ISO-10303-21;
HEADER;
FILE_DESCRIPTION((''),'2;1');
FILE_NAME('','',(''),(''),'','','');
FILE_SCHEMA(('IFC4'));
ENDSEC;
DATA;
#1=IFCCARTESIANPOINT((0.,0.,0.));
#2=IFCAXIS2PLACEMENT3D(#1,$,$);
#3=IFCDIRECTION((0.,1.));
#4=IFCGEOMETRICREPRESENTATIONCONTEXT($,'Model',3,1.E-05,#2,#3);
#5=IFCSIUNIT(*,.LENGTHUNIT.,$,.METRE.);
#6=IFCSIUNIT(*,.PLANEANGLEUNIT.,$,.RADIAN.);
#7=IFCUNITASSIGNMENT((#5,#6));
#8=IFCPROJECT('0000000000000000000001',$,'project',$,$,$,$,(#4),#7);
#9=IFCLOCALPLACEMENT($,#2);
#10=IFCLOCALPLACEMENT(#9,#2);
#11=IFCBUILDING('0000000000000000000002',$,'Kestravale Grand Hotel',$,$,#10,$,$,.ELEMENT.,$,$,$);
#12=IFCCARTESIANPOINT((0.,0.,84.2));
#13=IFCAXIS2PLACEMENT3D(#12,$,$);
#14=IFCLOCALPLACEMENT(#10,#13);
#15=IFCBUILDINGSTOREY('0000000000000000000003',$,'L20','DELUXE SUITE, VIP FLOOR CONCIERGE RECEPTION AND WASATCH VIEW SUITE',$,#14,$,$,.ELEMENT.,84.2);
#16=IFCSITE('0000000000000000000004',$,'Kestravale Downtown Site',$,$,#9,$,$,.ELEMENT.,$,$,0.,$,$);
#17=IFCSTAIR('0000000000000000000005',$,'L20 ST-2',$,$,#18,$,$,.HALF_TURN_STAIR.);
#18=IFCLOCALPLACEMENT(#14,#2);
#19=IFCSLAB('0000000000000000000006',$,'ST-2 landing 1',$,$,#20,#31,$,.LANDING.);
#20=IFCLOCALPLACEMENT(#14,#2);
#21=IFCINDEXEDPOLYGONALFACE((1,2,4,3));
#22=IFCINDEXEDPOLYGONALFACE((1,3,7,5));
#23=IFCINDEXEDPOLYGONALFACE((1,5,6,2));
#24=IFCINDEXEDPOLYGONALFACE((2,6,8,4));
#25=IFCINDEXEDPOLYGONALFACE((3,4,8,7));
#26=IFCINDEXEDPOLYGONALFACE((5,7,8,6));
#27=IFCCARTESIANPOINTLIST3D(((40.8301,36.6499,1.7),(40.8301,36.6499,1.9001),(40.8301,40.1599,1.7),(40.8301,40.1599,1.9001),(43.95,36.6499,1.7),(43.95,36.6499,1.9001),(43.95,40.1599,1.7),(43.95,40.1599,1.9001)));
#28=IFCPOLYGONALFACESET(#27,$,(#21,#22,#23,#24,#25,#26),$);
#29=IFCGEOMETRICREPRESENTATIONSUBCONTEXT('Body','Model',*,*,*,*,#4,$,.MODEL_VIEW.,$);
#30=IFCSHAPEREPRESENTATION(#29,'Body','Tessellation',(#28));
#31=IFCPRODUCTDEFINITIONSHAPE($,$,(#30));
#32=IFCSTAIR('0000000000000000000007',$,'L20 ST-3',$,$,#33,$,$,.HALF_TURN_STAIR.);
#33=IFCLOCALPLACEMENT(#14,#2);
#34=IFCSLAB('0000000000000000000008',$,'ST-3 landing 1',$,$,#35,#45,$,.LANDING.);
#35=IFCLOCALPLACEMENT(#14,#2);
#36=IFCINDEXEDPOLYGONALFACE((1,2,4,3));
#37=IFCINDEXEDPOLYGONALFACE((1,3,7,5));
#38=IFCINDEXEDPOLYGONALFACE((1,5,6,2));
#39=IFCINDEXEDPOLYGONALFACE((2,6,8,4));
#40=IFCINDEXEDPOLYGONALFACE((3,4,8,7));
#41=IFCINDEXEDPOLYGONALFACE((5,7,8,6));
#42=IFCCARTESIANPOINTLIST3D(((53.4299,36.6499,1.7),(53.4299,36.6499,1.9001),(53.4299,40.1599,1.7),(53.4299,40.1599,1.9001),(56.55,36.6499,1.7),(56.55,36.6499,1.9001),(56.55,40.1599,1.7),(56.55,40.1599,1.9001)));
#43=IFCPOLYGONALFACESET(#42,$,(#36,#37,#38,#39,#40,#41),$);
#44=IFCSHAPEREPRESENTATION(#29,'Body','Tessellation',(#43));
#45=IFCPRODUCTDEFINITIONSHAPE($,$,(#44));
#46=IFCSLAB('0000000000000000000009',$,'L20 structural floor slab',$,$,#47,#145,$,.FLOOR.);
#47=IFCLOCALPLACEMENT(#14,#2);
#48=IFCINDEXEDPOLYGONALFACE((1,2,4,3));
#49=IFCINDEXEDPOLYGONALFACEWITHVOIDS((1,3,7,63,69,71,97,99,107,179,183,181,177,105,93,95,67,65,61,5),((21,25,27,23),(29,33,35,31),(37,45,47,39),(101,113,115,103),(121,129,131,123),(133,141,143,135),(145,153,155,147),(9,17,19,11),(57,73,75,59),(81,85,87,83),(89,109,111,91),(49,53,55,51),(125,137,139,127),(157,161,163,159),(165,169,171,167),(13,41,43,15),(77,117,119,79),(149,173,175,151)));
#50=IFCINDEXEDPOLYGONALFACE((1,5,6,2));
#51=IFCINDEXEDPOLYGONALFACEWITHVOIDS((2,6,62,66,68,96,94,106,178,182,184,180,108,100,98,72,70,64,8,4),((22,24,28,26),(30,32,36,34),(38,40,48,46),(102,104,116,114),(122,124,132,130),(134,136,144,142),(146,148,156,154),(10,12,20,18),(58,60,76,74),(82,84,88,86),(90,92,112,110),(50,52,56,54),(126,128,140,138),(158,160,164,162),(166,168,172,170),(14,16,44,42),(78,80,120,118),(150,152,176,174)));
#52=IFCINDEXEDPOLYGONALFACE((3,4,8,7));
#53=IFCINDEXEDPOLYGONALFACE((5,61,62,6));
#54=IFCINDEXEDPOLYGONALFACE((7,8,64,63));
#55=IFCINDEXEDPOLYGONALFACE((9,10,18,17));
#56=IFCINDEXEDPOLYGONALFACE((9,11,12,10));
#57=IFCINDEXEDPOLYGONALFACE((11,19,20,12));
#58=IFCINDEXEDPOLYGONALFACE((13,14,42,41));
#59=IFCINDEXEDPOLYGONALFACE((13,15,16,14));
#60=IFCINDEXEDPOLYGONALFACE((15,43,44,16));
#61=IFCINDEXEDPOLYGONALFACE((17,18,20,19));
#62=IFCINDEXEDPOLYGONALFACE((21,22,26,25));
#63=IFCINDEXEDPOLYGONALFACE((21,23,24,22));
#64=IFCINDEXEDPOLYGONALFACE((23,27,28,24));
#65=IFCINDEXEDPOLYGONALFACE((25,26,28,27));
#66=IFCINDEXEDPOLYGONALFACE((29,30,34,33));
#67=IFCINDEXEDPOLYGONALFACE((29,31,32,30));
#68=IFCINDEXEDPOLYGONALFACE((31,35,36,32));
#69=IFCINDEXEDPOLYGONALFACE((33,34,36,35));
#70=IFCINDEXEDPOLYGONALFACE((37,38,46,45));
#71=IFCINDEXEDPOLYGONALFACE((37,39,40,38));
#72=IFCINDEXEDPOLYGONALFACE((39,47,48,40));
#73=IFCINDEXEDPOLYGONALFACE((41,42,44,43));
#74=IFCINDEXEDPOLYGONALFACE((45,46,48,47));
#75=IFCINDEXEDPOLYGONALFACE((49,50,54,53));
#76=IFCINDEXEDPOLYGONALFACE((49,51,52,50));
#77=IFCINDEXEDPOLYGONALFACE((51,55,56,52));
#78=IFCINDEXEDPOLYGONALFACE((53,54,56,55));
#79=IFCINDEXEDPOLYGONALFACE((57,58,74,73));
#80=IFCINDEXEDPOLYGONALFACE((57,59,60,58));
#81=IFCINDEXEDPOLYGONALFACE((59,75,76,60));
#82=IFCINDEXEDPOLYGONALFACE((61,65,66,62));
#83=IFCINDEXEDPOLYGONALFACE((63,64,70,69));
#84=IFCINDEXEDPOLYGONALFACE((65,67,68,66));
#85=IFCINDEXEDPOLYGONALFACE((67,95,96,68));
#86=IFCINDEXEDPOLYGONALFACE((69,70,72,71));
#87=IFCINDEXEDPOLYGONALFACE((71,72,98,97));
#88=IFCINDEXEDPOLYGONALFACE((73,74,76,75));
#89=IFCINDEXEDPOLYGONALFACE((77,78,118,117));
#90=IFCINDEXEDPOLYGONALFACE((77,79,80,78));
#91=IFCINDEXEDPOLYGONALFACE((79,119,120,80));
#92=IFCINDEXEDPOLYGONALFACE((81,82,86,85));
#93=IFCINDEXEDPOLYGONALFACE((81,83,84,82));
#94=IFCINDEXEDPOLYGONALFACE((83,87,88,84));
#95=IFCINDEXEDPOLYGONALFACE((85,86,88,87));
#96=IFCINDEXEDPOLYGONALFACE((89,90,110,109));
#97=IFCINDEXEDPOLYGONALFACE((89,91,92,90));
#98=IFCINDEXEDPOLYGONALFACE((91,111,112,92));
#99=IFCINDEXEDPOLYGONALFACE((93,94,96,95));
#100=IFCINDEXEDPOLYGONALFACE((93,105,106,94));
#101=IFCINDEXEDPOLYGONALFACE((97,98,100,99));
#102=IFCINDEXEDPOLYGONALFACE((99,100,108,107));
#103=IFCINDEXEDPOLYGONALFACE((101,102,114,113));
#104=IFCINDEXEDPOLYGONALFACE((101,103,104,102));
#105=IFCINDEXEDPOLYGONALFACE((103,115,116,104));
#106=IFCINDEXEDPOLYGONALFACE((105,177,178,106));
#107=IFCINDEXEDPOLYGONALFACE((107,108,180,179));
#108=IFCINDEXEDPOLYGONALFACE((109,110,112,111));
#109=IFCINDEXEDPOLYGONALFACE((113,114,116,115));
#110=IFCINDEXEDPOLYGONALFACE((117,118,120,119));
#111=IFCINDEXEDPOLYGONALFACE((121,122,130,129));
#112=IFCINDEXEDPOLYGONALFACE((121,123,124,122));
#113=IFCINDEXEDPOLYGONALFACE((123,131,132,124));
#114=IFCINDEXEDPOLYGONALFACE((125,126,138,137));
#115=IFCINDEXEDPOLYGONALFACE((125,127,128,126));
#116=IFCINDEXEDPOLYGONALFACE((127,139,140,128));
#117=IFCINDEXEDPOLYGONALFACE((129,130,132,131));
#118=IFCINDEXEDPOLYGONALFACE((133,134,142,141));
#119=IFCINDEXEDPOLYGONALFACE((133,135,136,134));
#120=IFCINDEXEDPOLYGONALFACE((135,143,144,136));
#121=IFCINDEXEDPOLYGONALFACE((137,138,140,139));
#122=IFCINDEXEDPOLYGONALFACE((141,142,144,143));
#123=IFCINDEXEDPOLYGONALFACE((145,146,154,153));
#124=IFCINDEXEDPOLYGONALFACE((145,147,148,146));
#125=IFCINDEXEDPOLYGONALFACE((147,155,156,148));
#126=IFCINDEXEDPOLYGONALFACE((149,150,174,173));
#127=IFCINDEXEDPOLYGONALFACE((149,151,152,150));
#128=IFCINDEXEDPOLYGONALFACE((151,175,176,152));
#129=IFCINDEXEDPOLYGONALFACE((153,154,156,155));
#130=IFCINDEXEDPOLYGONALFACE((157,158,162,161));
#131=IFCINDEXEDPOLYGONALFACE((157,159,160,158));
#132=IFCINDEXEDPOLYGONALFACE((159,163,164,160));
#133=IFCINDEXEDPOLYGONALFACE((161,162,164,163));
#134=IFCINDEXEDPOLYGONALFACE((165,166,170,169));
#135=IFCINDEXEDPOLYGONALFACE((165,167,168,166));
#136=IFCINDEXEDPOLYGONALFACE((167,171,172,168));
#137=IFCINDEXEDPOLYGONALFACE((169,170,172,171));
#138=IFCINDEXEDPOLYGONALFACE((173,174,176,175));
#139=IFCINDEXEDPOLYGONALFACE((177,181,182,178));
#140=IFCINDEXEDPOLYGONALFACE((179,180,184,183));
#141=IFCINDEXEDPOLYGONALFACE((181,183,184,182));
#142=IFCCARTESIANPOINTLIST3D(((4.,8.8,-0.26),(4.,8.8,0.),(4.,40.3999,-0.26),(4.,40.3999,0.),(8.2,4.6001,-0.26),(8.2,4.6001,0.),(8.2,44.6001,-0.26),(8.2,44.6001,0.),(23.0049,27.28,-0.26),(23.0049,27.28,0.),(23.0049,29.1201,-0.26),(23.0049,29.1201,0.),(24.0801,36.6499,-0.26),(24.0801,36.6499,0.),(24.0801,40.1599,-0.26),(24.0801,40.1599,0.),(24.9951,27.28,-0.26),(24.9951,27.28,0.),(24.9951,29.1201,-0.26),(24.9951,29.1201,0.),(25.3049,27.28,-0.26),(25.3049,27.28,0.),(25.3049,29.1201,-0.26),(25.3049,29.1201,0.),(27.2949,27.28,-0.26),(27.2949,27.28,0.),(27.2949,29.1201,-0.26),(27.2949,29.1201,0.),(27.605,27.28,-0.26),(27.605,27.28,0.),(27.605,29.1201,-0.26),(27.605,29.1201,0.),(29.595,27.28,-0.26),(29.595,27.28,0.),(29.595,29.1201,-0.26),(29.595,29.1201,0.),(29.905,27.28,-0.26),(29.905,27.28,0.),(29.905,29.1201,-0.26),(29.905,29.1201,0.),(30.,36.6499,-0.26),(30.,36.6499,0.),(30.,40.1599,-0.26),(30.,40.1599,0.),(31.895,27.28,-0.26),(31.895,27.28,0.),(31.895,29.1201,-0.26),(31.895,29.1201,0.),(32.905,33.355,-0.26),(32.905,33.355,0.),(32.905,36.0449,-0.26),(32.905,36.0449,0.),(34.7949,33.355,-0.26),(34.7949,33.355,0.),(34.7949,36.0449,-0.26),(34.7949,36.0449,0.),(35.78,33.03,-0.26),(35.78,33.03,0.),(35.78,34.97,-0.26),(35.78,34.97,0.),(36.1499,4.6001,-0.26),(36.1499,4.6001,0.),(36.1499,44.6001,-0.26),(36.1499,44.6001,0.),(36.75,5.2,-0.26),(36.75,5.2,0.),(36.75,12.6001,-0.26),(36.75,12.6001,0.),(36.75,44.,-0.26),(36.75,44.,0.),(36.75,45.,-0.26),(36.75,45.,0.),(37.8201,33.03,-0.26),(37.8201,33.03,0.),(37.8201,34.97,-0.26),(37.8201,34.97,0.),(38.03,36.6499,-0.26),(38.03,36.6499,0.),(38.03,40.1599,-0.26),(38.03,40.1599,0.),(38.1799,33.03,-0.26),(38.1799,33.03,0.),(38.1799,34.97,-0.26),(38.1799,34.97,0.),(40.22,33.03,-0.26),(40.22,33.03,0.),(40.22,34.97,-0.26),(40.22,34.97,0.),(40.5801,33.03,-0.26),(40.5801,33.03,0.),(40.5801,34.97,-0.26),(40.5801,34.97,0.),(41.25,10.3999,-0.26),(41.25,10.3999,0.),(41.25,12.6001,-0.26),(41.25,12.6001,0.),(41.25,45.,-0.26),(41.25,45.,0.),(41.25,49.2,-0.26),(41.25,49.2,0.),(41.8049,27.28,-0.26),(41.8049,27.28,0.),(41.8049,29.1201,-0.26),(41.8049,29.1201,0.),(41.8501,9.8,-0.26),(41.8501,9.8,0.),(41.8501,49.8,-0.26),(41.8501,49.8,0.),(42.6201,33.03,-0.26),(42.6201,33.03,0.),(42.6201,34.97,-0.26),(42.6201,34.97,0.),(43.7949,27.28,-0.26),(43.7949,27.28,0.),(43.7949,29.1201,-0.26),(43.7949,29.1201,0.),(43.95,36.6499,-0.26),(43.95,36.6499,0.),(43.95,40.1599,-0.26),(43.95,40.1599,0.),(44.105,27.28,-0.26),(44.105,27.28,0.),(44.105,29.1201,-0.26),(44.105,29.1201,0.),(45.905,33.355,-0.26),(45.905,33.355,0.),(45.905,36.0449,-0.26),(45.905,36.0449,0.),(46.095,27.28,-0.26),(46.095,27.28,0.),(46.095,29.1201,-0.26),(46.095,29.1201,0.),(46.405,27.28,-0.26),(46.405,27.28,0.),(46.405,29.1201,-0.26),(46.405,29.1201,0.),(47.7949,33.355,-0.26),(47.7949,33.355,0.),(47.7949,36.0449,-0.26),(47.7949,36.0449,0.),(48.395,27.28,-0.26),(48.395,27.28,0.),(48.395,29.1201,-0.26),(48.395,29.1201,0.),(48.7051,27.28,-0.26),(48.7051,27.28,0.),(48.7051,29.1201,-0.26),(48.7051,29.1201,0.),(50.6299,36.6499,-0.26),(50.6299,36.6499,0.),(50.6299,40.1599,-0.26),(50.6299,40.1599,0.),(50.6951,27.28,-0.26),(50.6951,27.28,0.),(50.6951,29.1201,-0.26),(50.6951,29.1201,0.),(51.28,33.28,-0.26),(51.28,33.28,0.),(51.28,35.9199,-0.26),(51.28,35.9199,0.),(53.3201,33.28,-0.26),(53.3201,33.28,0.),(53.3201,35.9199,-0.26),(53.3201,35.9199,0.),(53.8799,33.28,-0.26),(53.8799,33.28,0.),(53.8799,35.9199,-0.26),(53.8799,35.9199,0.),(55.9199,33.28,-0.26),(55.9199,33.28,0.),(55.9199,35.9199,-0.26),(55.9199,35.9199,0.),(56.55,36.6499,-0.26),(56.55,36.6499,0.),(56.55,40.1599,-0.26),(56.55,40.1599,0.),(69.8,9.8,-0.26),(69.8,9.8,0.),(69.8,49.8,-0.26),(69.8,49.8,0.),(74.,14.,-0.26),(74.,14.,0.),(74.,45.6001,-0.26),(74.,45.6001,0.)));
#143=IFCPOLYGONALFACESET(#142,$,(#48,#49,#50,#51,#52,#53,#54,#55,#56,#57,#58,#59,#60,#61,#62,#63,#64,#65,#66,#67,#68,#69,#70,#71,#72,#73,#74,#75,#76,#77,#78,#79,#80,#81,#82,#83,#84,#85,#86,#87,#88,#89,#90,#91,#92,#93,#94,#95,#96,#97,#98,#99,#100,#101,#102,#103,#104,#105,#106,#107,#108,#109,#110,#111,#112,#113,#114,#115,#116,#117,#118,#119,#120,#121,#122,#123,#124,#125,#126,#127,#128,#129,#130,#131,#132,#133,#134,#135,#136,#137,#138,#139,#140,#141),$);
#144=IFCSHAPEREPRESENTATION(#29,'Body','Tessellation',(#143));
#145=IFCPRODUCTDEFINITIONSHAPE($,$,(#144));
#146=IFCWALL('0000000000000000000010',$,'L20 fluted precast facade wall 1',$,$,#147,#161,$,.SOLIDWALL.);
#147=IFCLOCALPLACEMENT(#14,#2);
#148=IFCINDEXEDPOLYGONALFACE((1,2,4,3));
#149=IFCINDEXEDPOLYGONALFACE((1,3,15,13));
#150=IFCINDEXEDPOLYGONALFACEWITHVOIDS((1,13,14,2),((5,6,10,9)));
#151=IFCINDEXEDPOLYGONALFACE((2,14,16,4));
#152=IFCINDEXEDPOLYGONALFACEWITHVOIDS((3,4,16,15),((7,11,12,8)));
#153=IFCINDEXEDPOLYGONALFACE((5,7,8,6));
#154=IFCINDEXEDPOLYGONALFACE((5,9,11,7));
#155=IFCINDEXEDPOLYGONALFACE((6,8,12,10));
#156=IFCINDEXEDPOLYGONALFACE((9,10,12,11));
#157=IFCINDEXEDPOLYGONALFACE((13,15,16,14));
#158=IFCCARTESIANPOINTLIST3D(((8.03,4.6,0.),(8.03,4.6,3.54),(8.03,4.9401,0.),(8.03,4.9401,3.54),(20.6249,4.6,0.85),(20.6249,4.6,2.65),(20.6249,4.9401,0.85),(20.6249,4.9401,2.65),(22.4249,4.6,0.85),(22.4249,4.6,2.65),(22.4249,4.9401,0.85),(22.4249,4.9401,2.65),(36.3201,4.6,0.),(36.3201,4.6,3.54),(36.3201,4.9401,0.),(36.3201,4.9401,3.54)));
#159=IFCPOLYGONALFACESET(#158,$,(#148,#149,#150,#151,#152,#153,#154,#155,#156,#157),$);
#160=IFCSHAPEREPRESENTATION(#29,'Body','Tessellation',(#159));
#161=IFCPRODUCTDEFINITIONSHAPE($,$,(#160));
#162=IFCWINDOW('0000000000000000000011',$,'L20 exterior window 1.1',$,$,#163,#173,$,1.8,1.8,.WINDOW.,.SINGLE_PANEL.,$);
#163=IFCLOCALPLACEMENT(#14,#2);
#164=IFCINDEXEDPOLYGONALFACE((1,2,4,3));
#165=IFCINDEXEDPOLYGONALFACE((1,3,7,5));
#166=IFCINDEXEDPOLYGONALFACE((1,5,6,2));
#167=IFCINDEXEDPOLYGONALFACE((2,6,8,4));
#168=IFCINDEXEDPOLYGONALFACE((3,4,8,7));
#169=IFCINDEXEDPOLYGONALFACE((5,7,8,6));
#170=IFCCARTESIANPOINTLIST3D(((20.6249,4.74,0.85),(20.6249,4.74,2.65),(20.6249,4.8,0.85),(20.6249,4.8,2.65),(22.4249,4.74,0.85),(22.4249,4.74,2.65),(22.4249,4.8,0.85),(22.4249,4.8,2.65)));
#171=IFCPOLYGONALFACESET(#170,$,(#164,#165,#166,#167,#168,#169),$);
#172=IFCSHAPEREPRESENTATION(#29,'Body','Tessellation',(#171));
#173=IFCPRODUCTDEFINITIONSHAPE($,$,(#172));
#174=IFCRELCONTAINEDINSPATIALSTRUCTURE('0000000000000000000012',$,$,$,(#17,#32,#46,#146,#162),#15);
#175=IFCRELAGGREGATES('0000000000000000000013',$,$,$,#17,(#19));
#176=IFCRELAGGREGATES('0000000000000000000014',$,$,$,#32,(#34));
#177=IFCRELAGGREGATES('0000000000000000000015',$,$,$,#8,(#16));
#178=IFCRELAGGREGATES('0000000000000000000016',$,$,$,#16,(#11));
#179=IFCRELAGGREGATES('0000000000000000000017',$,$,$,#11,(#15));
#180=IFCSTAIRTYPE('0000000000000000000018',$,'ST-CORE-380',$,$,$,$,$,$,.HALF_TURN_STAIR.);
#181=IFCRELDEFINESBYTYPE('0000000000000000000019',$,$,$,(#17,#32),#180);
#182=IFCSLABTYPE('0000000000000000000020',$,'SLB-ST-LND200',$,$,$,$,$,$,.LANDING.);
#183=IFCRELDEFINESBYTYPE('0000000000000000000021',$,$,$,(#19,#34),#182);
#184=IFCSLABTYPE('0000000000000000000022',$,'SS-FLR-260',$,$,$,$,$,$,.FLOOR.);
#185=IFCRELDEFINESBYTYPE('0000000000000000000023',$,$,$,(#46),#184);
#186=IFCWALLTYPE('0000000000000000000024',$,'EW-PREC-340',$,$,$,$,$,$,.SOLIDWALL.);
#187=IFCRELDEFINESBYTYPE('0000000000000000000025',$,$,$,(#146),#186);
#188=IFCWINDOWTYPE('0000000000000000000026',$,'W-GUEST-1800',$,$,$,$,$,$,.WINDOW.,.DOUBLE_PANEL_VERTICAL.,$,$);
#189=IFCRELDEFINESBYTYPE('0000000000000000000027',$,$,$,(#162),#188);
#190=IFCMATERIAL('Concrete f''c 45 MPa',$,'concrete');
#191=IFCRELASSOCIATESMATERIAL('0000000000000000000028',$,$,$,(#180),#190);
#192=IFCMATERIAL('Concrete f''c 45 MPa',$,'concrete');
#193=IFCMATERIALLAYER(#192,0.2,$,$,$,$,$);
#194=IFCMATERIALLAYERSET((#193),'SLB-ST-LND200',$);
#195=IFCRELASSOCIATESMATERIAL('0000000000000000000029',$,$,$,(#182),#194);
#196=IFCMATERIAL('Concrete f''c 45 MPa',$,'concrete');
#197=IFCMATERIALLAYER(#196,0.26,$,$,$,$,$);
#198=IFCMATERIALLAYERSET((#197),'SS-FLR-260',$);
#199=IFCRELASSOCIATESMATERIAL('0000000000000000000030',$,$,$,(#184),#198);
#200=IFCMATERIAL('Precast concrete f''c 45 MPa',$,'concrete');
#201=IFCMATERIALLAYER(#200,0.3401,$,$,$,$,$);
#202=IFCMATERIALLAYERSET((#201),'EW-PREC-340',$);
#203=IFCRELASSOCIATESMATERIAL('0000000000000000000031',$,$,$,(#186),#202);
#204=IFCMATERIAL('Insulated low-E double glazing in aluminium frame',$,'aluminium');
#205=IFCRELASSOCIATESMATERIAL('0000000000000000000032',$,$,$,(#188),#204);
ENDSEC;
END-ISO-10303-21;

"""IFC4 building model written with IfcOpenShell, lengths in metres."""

from ifc_helpers import new_model, si_unit, direction, frame, frame_2d, origin, place, context, subcontext, project, spatial, polyline, rectangle, outline, extrude, material, layer, layer_set, type_object, element, fill, aggregate, save


model = new_model("IFC4")

# Units and contexts
model_context = context("Model", 3, precision=1e-05, world=origin(), true_north=direction((0.0, 1.0)))
body_context = subcontext(model_context, "Body", "Model", "MODEL_VIEW")
ifc_project = project(units=[si_unit("LENGTHUNIT", "METRE"), si_unit("PLANEANGLEUNIT", "RADIAN")], contexts=[model_context])

# Site, building, storey
site_placement = place(None, origin())
site = spatial("IfcSite", under=ifc_project, at=site_placement, Name="Kestravale Downtown Site", CompositionType="ELEMENT", RefElevation=0.0)
building_placement = place(site_placement, origin())
building = spatial("IfcBuilding", under=site, at=building_placement, Name="Kestravale Grand Hotel", CompositionType="ELEMENT")
storey_placement = place(building_placement, frame((0.0, 0.0, 84.2)))
storey = spatial("IfcBuildingStorey", under=building, at=storey_placement, Name="L20", Description="DELUXE SUITE, VIP FLOOR CONCIERGE RECEPTION AND WASATCH VIEW SUITE", CompositionType="ELEMENT", Elevation=84.2)

# Stairs, slabs
ifc_material_1 = material(Name="Concrete f'c 45 MPa", Category="concrete")
stair_type = type_object("IfcStairType", Name="ST-CORE-380", PredefinedType="HALF_TURN_STAIR", material=ifc_material_1)
ifc_material_2 = material(Name="Concrete f'c 45 MPa", Category="concrete")
ifc_layer_1 = layer(ifc_material_2, 0.2)
ifc_layer_set_1 = layer_set([ifc_layer_1], Name="SLB-ST-LND200")
slab_type_1 = type_object("IfcSlabType", Name="SLB-ST-LND200", PredefinedType="LANDING", material=ifc_layer_set_1)
stair_1_placement = place(storey_placement, origin())
stair_1 = element("IfcStair", 1, at=stair_1_placement, inside=storey, type_object=stair_type, Name="L20 ST-2", PredefinedType="HALF_TURN_STAIR")
slab_1_placement = place(storey_placement, frame((0.0, 0.0, 1.7)))
slab_1 = element("IfcSlab", 2, at=slab_1_placement, type_object=slab_type_1, Name="ST-2 landing 1", PredefinedType="LANDING", context=body_context, shape_type="SweptSolid", body=[
    extrude(outline(polyline([(40.8301, 36.6499), (43.95, 36.6499), (43.95, 40.1599), (40.8301, 40.1599), (40.8301, 36.6499)])), origin(), (0.0, 0.0, 1.0), 0.2002),
])
aggregate(stair_1, [slab_1])
stair_2_placement = place(storey_placement, origin())
stair_2 = element("IfcStair", 3, at=stair_2_placement, inside=storey, type_object=stair_type, Name="L20 ST-3", PredefinedType="HALF_TURN_STAIR")
slab_2_placement = place(storey_placement, frame((0.0, 0.0, 1.7)))
slab_2 = element("IfcSlab", 4, at=slab_2_placement, type_object=slab_type_1, Name="ST-3 landing 1", PredefinedType="LANDING", context=body_context, shape_type="SweptSolid", body=[
    extrude(outline(polyline([(53.4299, 36.6499), (56.55, 36.6499), (56.55, 40.1599), (53.4299, 40.1599), (53.4299, 36.6499)])), origin(), (0.0, 0.0, 1.0), 0.2002),
])
aggregate(stair_2, [slab_2])

# Slab
ifc_material_3 = material(Name="Concrete f'c 45 MPa", Category="concrete")
ifc_layer_2 = layer(ifc_material_3, 0.26)
ifc_layer_set_2 = layer_set([ifc_layer_2], Name="SS-FLR-260")
slab_type_2 = type_object("IfcSlabType", Name="SS-FLR-260", PredefinedType="FLOOR", material=ifc_layer_set_2)
slab_3_placement = place(storey_placement, frame((0.0, 0.0, -0.26)))
element("IfcSlab", 5, at=slab_3_placement, inside=storey, type_object=slab_type_2, Name="L20 structural floor slab", PredefinedType="FLOOR", context=body_context, shape_type="SweptSolid", body=[
    extrude(outline(polyline([(8.2, 4.6001), (36.1499, 4.6001), (36.75, 5.2), (36.75, 12.6001), (41.25, 12.6001), (41.25, 10.3999), (41.8501, 9.8), (69.8, 9.8), (74.0, 14.0), (74.0, 45.6001), (69.8, 49.8), (41.8501, 49.8), (41.25, 49.2), (41.25, 45.0), (36.75, 45.0), (36.75, 44.0), (36.1499, 44.6001), (8.2, 44.6001), (4.0, 40.3999), (4.0, 8.8), (8.2, 4.6001)]), holes=[polyline([(24.0801, 36.6499), (30.0, 36.6499), (30.0, 40.1599), (24.0801, 40.1599), (24.0801, 36.6499)]), polyline([(38.03, 36.6499), (43.95, 36.6499), (43.95, 40.1599), (38.03, 40.1599), (38.03, 36.6499)]), polyline([(50.6299, 36.6499), (56.55, 36.6499), (56.55, 40.1599), (50.6299, 40.1599), (50.6299, 36.6499)]), polyline([(23.0049, 27.28), (24.9951, 27.28), (24.9951, 29.1201), (23.0049, 29.1201), (23.0049, 27.28)]), polyline([(25.3049, 27.28), (27.2949, 27.28), (27.2949, 29.1201), (25.3049, 29.1201), (25.3049, 27.28)]), polyline([(27.605, 27.28), (29.595, 27.28), (29.595, 29.1201), (27.605, 29.1201), (27.605, 27.28)]), polyline([(29.905, 27.28), (31.895, 27.28), (31.895, 29.1201), (29.905, 29.1201), (29.905, 27.28)]), polyline([(41.8049, 27.28), (43.7949, 27.28), (43.7949, 29.1201), (41.8049, 29.1201), (41.8049, 27.28)]), polyline([(44.105, 27.28), (46.095, 27.28), (46.095, 29.1201), (44.105, 29.1201), (44.105, 27.28)]), polyline([(46.405, 27.28), (48.395, 27.28), (48.395, 29.1201), (46.405, 29.1201), (46.405, 27.28)]), polyline([(48.7051, 27.28), (50.6951, 27.28), (50.6951, 29.1201), (48.7051, 29.1201), (48.7051, 27.28)]), polyline([(35.78, 33.03), (37.8201, 33.03), (37.8201, 34.97), (35.78, 34.97), (35.78, 33.03)]), polyline([(38.1799, 33.03), (40.22, 33.03), (40.22, 34.97), (38.1799, 34.97), (38.1799, 33.03)]), polyline([(40.5801, 33.03), (42.6201, 33.03), (42.6201, 34.97), (40.5801, 34.97), (40.5801, 33.03)]), polyline([(32.905, 33.355), (34.7949, 33.355), (34.7949, 36.0449), (32.905, 36.0449), (32.905, 33.355)]), polyline([(45.905, 33.355), (47.7949, 33.355), (47.7949, 36.0449), (45.905, 36.0449), (45.905, 33.355)]), polyline([(51.28, 33.28), (53.3201, 33.28), (53.3201, 35.9199), (51.28, 35.9199), (51.28, 33.28)]), polyline([(53.8799, 33.28), (55.9199, 33.28), (55.9199, 35.9199), (53.8799, 35.9199), (53.8799, 33.28)])]), origin(), (0.0, 0.0, 1.0), 0.26),
])

# Wall, opening, window
ifc_material_4 = material(Name="Precast concrete f'c 45 MPa", Category="concrete")
ifc_layer_3 = layer(ifc_material_4, 0.3401)
ifc_layer_set_3 = layer_set([ifc_layer_3], Name="EW-PREC-340")
wall_type_1 = type_object("IfcWallType", Name="EW-PREC-340", PredefinedType="SOLIDWALL", material=ifc_layer_set_3)
wall_1_placement = place(storey_placement, frame((8.03, 4.77, 0.0), z_axis=(0.0, 0.0, 1.0), x_axis=(1.0, 0.0, 0.0)))
wall_1 = element("IfcWall", 6, at=wall_1_placement, inside=storey, type_object=wall_type_1, Name="L20 fluted precast facade wall 1", PredefinedType="SOLIDWALL", context=body_context, shape_type="SweptSolid", body=[
    extrude(rectangle(XDim=28.29, YDim=0.3401, at=frame_2d((14.145, 0.0))), origin(), (0.0, 0.0, 1.0), 3.54),
])
opening_1_placement = place(wall_1_placement, frame((12.595, 0.0, 0.8501)))
opening_1 = element("IfcOpeningElement", 7, at=opening_1_placement, cuts=wall_1, PredefinedType="OPENING", context=body_context, shape_type="SweptSolid", body=[
    extrude(rectangle(XDim=1.8, YDim=1.8, at=frame_2d((0.8999, 0.8999))), frame((0.0, 0.1799, 0.0), z_axis=(0.0, -1.0, 0.0), x_axis=(1.0, 0.0, 0.0)), (0.0, 0.0, 1.0), 0.3601),
])
ifc_material_5 = material(Name="Insulated low-E double glazing in aluminium frame", Category="aluminium")
window_type = type_object("IfcWindowType", Name="W-GUEST-1800", PartitioningType="DOUBLE_PANEL_VERTICAL", PredefinedType="WINDOW", material=ifc_material_5)
window_1_placement = place(opening_1_placement, origin())
window_1 = element("IfcWindow", 8, at=window_1_placement, inside=storey, type_object=window_type, Name="L20 exterior window 1.1", OverallHeight=1.8, OverallWidth=1.8, PartitioningType="SINGLE_PANEL", PredefinedType="WINDOW", context=body_context, shape_type="SweptSolid", body=[
    extrude(rectangle(XDim=1.8, YDim=1.8, at=frame_2d((0.8999, 0.8999))), frame((0.0, 0.03, 0.0), z_axis=(0.0, -1.0, 0.0), x_axis=(1.0, 0.0, 0.0)), (0.0, 0.0, 1.0), 0.0601),
])
fill(opening_1, window_1)

save(model, "model.ifc")
